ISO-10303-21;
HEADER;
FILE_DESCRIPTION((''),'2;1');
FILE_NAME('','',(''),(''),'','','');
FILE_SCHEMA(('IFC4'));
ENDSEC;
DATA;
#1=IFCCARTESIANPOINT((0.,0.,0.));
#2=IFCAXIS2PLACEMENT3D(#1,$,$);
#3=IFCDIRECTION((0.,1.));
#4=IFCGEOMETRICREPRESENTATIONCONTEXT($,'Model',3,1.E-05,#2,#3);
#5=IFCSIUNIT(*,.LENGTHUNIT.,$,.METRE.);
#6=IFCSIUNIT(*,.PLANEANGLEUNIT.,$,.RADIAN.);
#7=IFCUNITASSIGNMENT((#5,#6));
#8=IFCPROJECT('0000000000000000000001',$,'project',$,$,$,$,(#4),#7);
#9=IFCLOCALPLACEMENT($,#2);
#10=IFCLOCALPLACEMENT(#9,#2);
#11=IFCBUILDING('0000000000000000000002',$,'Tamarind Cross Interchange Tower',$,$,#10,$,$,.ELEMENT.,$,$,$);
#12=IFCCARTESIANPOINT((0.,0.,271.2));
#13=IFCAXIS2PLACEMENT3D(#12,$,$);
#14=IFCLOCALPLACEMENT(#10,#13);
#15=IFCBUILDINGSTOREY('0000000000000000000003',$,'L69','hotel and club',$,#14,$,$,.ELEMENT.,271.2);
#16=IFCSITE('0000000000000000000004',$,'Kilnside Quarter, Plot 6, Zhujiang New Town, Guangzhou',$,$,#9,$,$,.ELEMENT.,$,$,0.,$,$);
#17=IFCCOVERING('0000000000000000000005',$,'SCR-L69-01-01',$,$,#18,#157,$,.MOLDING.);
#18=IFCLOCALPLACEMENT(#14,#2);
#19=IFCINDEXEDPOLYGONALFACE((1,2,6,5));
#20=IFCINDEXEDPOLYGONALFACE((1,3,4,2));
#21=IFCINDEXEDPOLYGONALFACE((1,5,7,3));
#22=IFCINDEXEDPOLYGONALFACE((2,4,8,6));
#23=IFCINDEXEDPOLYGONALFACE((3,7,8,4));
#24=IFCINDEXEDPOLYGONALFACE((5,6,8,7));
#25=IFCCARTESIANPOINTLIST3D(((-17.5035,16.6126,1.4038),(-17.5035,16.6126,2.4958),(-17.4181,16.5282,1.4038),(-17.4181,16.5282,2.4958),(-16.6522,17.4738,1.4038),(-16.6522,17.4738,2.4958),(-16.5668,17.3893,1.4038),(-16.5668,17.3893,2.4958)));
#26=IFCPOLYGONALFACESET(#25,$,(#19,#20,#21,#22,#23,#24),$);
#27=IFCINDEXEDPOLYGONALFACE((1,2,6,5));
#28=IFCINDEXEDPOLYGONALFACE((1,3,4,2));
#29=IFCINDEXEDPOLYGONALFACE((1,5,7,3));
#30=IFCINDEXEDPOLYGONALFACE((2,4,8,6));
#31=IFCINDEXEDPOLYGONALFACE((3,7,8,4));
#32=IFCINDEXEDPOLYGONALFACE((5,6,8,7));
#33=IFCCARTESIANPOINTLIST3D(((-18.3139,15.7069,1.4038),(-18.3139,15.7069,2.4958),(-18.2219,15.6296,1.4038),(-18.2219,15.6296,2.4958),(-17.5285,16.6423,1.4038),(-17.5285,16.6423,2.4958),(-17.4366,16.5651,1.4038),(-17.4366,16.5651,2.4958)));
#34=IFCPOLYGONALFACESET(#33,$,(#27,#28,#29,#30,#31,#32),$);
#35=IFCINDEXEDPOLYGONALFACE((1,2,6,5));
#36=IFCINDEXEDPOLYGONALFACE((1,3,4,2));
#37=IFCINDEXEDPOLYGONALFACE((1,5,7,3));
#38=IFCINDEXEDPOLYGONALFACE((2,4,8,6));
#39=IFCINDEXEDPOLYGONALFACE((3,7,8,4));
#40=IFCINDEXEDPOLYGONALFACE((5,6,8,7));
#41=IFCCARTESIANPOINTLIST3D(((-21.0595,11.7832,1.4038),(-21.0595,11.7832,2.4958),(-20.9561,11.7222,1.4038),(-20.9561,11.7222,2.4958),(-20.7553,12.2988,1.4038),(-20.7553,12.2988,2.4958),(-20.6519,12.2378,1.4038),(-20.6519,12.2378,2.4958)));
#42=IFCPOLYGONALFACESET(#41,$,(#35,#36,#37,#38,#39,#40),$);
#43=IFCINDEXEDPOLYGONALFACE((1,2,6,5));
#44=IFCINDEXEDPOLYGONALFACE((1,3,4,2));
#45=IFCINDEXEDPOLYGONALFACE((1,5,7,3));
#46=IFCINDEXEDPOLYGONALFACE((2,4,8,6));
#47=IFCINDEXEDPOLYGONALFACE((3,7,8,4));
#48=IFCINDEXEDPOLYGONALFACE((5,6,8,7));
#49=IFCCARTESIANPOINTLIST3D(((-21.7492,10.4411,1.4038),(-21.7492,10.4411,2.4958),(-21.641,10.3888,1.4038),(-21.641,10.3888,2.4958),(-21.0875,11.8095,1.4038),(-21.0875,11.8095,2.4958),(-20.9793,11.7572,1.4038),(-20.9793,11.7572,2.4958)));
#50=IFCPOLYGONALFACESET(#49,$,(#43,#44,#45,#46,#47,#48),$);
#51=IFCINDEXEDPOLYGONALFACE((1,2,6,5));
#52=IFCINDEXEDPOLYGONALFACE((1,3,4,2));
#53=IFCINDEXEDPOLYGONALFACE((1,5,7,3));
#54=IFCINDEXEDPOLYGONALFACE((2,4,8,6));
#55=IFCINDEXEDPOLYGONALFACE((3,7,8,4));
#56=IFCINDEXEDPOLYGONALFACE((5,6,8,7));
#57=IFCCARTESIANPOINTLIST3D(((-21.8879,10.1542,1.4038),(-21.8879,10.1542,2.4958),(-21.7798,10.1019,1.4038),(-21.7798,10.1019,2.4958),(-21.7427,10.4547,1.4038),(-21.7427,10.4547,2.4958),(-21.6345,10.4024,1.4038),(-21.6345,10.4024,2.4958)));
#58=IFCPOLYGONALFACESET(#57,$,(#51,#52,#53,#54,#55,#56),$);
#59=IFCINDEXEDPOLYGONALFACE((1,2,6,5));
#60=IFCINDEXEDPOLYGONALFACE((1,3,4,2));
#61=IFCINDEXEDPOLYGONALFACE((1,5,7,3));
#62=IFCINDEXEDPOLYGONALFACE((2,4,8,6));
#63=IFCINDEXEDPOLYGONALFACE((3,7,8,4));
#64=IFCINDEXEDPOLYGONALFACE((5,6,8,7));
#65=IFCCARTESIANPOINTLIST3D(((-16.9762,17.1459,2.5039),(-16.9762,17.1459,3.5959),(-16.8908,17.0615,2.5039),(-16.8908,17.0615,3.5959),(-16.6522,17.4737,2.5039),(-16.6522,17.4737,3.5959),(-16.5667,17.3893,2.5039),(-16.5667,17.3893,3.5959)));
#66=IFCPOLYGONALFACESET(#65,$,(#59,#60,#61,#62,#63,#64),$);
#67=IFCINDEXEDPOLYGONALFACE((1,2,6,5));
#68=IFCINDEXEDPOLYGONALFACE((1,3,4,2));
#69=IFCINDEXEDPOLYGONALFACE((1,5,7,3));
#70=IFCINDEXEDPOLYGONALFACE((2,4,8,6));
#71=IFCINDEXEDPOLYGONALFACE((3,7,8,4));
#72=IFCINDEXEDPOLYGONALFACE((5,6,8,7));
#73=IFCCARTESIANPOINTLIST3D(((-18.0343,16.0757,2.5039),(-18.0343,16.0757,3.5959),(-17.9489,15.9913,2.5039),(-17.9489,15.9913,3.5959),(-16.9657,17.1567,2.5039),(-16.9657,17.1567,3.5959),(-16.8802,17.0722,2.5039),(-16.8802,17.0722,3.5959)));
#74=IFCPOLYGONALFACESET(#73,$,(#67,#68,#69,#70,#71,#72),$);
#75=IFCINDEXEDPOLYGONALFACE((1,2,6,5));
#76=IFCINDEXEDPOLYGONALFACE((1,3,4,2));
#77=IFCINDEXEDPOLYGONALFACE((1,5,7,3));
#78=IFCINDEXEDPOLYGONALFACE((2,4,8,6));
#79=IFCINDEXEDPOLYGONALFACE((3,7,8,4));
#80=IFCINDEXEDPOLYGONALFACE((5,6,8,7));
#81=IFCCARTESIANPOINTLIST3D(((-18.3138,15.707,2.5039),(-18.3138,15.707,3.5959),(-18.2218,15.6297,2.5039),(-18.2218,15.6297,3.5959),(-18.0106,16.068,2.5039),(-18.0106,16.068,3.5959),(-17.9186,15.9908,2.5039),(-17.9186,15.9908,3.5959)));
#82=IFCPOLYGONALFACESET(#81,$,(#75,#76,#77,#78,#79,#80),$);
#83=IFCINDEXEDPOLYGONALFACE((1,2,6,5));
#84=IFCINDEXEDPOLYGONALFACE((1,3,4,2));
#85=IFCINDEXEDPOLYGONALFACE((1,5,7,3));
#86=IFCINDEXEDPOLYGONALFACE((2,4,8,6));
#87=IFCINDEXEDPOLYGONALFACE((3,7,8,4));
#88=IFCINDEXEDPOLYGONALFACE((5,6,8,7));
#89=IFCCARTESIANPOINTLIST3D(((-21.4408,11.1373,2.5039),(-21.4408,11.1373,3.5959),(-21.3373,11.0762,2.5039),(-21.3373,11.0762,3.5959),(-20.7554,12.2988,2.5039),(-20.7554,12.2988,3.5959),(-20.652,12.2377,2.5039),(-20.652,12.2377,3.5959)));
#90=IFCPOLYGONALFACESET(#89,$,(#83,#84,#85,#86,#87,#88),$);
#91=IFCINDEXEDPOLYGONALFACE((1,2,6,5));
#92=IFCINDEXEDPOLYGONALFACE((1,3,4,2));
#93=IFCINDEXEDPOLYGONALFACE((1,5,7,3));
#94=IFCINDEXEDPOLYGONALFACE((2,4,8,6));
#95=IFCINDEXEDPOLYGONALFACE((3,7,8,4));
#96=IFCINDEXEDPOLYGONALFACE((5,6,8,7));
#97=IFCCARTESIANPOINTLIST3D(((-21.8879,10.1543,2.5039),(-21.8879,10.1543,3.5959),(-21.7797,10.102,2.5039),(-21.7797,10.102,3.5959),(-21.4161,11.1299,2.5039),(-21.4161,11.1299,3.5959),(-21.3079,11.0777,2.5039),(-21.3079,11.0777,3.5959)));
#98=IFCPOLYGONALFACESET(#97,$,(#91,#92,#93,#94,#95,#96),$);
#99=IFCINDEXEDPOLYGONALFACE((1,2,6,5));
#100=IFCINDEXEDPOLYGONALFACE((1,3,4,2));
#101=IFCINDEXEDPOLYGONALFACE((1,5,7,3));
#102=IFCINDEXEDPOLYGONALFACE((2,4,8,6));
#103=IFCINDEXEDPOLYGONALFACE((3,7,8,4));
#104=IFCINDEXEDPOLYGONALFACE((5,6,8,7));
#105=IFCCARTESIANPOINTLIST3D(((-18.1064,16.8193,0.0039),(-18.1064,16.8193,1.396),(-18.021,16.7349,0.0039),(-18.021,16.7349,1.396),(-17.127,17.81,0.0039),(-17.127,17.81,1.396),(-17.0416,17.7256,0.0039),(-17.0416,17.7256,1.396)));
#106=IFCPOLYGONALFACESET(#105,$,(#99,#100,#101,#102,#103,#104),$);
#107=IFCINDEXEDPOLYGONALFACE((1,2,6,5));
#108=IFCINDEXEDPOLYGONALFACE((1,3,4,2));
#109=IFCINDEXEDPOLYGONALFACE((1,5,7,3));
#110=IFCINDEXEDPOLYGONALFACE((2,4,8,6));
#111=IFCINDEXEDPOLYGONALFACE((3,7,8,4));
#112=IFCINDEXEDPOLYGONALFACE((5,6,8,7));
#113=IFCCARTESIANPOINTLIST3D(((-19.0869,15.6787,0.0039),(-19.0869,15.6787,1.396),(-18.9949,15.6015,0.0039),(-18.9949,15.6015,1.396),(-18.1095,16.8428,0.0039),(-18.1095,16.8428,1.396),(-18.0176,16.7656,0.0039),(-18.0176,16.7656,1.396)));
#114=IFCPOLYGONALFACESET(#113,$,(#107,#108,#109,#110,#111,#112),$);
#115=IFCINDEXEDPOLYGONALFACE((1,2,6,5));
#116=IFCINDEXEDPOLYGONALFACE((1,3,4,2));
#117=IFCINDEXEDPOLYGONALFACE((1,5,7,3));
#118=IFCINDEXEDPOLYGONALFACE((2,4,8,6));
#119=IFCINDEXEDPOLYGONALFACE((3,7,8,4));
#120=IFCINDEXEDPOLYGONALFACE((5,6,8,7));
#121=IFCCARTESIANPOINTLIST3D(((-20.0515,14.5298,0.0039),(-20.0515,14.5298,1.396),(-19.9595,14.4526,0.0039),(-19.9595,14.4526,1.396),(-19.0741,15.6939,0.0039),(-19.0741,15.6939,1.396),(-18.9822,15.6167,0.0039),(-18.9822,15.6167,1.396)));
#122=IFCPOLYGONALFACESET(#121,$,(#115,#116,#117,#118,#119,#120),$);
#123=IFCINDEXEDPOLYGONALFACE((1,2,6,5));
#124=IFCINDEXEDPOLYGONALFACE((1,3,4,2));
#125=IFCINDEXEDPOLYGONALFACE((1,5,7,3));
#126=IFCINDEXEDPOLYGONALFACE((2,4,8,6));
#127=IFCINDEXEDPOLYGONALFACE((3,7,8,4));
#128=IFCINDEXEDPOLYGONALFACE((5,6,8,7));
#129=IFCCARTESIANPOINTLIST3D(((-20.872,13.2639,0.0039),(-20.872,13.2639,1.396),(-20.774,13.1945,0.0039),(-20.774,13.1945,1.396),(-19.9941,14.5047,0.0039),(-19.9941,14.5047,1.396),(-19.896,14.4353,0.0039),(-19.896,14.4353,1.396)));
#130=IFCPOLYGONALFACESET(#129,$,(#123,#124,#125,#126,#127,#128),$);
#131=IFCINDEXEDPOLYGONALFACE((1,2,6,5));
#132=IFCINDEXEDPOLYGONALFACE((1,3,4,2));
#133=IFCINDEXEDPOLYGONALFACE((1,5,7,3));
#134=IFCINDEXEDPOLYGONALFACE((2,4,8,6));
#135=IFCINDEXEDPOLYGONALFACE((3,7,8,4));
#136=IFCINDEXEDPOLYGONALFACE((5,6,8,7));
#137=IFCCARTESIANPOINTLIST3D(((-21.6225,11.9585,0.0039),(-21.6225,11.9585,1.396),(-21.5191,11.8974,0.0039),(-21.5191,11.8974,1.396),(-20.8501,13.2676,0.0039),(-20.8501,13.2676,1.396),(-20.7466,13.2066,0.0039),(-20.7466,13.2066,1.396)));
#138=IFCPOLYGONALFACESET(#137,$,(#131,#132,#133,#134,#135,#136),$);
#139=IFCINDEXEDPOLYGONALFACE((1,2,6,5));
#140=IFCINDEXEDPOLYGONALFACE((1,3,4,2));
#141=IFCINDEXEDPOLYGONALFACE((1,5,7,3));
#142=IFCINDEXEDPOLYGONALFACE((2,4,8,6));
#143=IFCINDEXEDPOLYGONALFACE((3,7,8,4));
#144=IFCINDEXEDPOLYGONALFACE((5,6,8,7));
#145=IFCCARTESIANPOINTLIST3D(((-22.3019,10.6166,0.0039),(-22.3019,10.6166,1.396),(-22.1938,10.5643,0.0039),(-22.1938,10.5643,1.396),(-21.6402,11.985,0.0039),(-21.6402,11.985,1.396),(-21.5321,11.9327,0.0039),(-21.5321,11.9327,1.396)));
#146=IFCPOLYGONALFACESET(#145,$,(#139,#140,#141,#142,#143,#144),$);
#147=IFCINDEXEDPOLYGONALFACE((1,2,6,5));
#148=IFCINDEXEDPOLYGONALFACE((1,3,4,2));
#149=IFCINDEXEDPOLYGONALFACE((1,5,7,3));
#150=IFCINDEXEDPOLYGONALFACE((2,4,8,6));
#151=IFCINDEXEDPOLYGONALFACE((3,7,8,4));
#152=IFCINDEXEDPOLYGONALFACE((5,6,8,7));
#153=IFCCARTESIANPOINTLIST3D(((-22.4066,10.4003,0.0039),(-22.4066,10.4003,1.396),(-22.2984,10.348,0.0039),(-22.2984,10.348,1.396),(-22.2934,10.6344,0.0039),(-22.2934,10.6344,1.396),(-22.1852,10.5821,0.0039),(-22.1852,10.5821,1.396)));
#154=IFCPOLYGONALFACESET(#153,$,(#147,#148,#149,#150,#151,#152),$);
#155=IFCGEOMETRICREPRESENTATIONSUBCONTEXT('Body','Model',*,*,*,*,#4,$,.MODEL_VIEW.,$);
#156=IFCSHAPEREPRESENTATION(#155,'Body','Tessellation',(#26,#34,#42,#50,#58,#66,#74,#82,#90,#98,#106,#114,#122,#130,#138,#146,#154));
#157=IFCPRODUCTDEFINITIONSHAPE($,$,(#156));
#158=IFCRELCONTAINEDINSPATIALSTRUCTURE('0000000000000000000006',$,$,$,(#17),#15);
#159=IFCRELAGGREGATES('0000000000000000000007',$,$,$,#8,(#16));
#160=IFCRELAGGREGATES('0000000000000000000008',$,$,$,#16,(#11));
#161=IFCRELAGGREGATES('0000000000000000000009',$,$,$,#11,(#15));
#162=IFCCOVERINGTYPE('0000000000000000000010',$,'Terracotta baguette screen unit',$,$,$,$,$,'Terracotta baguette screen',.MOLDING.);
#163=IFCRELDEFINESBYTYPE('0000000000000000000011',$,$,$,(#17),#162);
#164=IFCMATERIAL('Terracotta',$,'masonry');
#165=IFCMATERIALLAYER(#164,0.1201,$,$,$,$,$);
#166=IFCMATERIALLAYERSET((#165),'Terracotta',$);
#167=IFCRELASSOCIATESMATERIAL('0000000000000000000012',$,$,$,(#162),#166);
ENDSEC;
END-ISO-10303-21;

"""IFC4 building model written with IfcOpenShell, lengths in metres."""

from ifc_helpers import new_model, si_unit, direction, frame, origin, origin_2d, place, context, subcontext, project, spatial, rectangle, extrude, material, layer, layer_set, type_object, element, save


model = new_model("IFC4")

# Units and contexts
model_context = context("Model", 3, precision=1e-05, world=origin(), true_north=direction((0.0, 1.0)))
body_context = subcontext(model_context, "Body", "Model", "MODEL_VIEW")
ifc_project = project(units=[si_unit("LENGTHUNIT", "METRE"), si_unit("PLANEANGLEUNIT", "RADIAN")], contexts=[model_context])

# Site, building, storey
site_placement = place(None, origin())
site = spatial("IfcSite", under=ifc_project, at=site_placement, Name="Kilnside Quarter, Plot 6, Zhujiang New Town, Guangzhou", CompositionType="ELEMENT", RefElevation=0.0)
building_placement = place(site_placement, origin())
building = spatial("IfcBuilding", under=site, at=building_placement, Name="Tamarind Cross Interchange Tower", CompositionType="ELEMENT")
storey_placement = place(building_placement, frame((0.0, 0.0, 271.2)))
storey = spatial("IfcBuildingStorey", under=building, at=storey_placement, Name="L69", Description="hotel and club", CompositionType="ELEMENT", Elevation=271.2)

# Covering
ifc_material_1 = material(Name="Terracotta", Category="masonry")
ifc_layer_1 = layer(ifc_material_1, 0.1201)
ifc_layer_set_1 = layer_set([ifc_layer_1], Name="Terracotta")
covering_type = type_object("IfcCoveringType", Name="Terracotta baguette screen unit", ElementType="Terracotta baguette screen", PredefinedType="MOLDING", material=ifc_layer_set_1)
covering_1_placement = place(storey_placement, origin())
element("IfcCovering", 1, at=covering_1_placement, inside=storey, type_object=covering_type, Name="SCR-L69-01-01", PredefinedType="MOLDING", context=body_context, shape_type="SweptSolid", body=[
    extrude(rectangle(XDim=1.2109, YDim=0.1201, at=origin_2d()), frame((-17.0352, 17.001, 1.4038), z_axis=(0.0, 0.0, 1.0), x_axis=(-0.703036, -0.711154, 0.0)), (0.0, 0.0, 1.0), 1.092),
    extrude(rectangle(XDim=1.2214, YDim=0.1201, at=origin_2d()), frame((-17.8752, 16.136, 1.4038), z_axis=(0.0, 0.0, 1.0), x_axis=(-0.643009, -0.765858, 0.0)), (0.0, 0.0, 1.0), 1.092),
    extrude(rectangle(XDim=0.5986, YDim=0.1201, at=origin_2d()), frame((-20.8557, 12.0105, 1.4038), z_axis=(0.0, 0.0, 1.0), x_axis=(-0.508183, -0.861249, 0.0)), (0.0, 0.0, 1.0), 1.092),
    extrude(rectangle(XDim=1.52, YDim=0.1201, at=origin_2d()), frame((-21.3643, 11.0991, 1.4038), z_axis=(0.0, 0.0, 1.0), x_axis=(-0.435326, -0.900273, 0.0)), (0.0, 0.0, 1.0), 1.092),
    extrude(rectangle(XDim=0.3337, YDim=0.1201, at=origin_2d()), frame((-21.7612, 10.2783, 1.4038), z_axis=(0.0, 0.0, 1.0), x_axis=(-0.435326, -0.900273, 0.0)), (0.0, 0.0, 1.0), 1.092),
    extrude(rectangle(XDim=0.4609, YDim=0.1201, at=origin_2d()), frame((-16.7715, 17.2676, 2.5039), z_axis=(0.0, 0.0, 1.0), x_axis=(-0.703036, -0.711154, 0.0)), (0.0, 0.0, 1.0), 1.092),
    extrude(rectangle(XDim=1.52, YDim=0.1201, at=origin_2d()), frame((-17.4573, 16.574, 2.5039), z_axis=(0.0, 0.0, 1.0), x_axis=(-0.703036, -0.711154, 0.0)), (0.0, 0.0, 1.0), 1.092),
    extrude(rectangle(XDim=0.4714, YDim=0.1201, at=origin_2d()), frame((-18.1162, 15.8489, 2.5039), z_axis=(0.0, 0.0, 1.0), x_axis=(-0.643009, -0.765858, 0.0)), (0.0, 0.0, 1.0), 1.092),
    extrude(rectangle(XDim=1.3486, YDim=0.1201, at=origin_2d()), frame((-21.0464, 11.6875, 2.5039), z_axis=(0.0, 0.0, 1.0), x_axis=(-0.508183, -0.861249, 0.0)), (0.0, 0.0, 1.0), 1.092),
    extrude(rectangle(XDim=1.0837, YDim=0.1201, at=origin_2d()), frame((-21.5979, 10.616, 2.5039), z_axis=(0.0, 0.0, 1.0), x_axis=(-0.435326, -0.900273, 0.0)), (0.0, 0.0, 1.0), 1.092),
    extrude(rectangle(XDim=1.3931, YDim=0.1201, at=origin_2d()), frame((-17.574, 17.2725, 0.0039), z_axis=(0.0, 0.0, 1.0), x_axis=(-0.703036, -0.711154, 0.0)), (0.0, 0.0, 1.0), 1.3921),
    extrude(rectangle(XDim=1.52, YDim=0.1201, at=origin_2d()), frame((-18.5522, 16.2222, 0.0039), z_axis=(0.0, 0.0, 1.0), x_axis=(-0.643009, -0.765858, 0.0)), (0.0, 0.0, 1.0), 1.3921),
    extrude(rectangle(XDim=1.52, YDim=0.1201, at=origin_2d()), frame((-19.5168, 15.0732, 0.0039), z_axis=(0.0, 0.0, 1.0), x_axis=(-0.643009, -0.765858, 0.0)), (0.0, 0.0, 1.0), 1.3921),
    extrude(rectangle(XDim=1.52, YDim=0.1201, at=origin_2d()), frame((-20.384, 13.8496, 0.0039), z_axis=(0.0, 0.0, 1.0), x_axis=(-0.577569, -0.816342, 0.0)), (0.0, 0.0, 1.0), 1.3921),
    extrude(rectangle(XDim=1.52, YDim=0.1201, at=origin_2d()), frame((-21.1846, 12.5825, 0.0039), z_axis=(0.0, 0.0, 1.0), x_axis=(-0.508183, -0.861249, 0.0)), (0.0, 0.0, 1.0), 1.3921),
    extrude(rectangle(XDim=1.52, YDim=0.1201, at=origin_2d()), frame((-21.917, 11.2747, 0.0039), z_axis=(0.0, 0.0, 1.0), x_axis=(-0.435326, -0.900273, 0.0)), (0.0, 0.0, 1.0), 1.3921),
    extrude(rectangle(XDim=0.26, YDim=0.1201, at=origin_2d()), frame((-22.2959, 10.4912, 0.0039), z_axis=(0.0, 0.0, 1.0), x_axis=(-0.435326, -0.900273, 0.0)), (0.0, 0.0, 1.0), 1.3921),
])

save(model, "model.ifc")
